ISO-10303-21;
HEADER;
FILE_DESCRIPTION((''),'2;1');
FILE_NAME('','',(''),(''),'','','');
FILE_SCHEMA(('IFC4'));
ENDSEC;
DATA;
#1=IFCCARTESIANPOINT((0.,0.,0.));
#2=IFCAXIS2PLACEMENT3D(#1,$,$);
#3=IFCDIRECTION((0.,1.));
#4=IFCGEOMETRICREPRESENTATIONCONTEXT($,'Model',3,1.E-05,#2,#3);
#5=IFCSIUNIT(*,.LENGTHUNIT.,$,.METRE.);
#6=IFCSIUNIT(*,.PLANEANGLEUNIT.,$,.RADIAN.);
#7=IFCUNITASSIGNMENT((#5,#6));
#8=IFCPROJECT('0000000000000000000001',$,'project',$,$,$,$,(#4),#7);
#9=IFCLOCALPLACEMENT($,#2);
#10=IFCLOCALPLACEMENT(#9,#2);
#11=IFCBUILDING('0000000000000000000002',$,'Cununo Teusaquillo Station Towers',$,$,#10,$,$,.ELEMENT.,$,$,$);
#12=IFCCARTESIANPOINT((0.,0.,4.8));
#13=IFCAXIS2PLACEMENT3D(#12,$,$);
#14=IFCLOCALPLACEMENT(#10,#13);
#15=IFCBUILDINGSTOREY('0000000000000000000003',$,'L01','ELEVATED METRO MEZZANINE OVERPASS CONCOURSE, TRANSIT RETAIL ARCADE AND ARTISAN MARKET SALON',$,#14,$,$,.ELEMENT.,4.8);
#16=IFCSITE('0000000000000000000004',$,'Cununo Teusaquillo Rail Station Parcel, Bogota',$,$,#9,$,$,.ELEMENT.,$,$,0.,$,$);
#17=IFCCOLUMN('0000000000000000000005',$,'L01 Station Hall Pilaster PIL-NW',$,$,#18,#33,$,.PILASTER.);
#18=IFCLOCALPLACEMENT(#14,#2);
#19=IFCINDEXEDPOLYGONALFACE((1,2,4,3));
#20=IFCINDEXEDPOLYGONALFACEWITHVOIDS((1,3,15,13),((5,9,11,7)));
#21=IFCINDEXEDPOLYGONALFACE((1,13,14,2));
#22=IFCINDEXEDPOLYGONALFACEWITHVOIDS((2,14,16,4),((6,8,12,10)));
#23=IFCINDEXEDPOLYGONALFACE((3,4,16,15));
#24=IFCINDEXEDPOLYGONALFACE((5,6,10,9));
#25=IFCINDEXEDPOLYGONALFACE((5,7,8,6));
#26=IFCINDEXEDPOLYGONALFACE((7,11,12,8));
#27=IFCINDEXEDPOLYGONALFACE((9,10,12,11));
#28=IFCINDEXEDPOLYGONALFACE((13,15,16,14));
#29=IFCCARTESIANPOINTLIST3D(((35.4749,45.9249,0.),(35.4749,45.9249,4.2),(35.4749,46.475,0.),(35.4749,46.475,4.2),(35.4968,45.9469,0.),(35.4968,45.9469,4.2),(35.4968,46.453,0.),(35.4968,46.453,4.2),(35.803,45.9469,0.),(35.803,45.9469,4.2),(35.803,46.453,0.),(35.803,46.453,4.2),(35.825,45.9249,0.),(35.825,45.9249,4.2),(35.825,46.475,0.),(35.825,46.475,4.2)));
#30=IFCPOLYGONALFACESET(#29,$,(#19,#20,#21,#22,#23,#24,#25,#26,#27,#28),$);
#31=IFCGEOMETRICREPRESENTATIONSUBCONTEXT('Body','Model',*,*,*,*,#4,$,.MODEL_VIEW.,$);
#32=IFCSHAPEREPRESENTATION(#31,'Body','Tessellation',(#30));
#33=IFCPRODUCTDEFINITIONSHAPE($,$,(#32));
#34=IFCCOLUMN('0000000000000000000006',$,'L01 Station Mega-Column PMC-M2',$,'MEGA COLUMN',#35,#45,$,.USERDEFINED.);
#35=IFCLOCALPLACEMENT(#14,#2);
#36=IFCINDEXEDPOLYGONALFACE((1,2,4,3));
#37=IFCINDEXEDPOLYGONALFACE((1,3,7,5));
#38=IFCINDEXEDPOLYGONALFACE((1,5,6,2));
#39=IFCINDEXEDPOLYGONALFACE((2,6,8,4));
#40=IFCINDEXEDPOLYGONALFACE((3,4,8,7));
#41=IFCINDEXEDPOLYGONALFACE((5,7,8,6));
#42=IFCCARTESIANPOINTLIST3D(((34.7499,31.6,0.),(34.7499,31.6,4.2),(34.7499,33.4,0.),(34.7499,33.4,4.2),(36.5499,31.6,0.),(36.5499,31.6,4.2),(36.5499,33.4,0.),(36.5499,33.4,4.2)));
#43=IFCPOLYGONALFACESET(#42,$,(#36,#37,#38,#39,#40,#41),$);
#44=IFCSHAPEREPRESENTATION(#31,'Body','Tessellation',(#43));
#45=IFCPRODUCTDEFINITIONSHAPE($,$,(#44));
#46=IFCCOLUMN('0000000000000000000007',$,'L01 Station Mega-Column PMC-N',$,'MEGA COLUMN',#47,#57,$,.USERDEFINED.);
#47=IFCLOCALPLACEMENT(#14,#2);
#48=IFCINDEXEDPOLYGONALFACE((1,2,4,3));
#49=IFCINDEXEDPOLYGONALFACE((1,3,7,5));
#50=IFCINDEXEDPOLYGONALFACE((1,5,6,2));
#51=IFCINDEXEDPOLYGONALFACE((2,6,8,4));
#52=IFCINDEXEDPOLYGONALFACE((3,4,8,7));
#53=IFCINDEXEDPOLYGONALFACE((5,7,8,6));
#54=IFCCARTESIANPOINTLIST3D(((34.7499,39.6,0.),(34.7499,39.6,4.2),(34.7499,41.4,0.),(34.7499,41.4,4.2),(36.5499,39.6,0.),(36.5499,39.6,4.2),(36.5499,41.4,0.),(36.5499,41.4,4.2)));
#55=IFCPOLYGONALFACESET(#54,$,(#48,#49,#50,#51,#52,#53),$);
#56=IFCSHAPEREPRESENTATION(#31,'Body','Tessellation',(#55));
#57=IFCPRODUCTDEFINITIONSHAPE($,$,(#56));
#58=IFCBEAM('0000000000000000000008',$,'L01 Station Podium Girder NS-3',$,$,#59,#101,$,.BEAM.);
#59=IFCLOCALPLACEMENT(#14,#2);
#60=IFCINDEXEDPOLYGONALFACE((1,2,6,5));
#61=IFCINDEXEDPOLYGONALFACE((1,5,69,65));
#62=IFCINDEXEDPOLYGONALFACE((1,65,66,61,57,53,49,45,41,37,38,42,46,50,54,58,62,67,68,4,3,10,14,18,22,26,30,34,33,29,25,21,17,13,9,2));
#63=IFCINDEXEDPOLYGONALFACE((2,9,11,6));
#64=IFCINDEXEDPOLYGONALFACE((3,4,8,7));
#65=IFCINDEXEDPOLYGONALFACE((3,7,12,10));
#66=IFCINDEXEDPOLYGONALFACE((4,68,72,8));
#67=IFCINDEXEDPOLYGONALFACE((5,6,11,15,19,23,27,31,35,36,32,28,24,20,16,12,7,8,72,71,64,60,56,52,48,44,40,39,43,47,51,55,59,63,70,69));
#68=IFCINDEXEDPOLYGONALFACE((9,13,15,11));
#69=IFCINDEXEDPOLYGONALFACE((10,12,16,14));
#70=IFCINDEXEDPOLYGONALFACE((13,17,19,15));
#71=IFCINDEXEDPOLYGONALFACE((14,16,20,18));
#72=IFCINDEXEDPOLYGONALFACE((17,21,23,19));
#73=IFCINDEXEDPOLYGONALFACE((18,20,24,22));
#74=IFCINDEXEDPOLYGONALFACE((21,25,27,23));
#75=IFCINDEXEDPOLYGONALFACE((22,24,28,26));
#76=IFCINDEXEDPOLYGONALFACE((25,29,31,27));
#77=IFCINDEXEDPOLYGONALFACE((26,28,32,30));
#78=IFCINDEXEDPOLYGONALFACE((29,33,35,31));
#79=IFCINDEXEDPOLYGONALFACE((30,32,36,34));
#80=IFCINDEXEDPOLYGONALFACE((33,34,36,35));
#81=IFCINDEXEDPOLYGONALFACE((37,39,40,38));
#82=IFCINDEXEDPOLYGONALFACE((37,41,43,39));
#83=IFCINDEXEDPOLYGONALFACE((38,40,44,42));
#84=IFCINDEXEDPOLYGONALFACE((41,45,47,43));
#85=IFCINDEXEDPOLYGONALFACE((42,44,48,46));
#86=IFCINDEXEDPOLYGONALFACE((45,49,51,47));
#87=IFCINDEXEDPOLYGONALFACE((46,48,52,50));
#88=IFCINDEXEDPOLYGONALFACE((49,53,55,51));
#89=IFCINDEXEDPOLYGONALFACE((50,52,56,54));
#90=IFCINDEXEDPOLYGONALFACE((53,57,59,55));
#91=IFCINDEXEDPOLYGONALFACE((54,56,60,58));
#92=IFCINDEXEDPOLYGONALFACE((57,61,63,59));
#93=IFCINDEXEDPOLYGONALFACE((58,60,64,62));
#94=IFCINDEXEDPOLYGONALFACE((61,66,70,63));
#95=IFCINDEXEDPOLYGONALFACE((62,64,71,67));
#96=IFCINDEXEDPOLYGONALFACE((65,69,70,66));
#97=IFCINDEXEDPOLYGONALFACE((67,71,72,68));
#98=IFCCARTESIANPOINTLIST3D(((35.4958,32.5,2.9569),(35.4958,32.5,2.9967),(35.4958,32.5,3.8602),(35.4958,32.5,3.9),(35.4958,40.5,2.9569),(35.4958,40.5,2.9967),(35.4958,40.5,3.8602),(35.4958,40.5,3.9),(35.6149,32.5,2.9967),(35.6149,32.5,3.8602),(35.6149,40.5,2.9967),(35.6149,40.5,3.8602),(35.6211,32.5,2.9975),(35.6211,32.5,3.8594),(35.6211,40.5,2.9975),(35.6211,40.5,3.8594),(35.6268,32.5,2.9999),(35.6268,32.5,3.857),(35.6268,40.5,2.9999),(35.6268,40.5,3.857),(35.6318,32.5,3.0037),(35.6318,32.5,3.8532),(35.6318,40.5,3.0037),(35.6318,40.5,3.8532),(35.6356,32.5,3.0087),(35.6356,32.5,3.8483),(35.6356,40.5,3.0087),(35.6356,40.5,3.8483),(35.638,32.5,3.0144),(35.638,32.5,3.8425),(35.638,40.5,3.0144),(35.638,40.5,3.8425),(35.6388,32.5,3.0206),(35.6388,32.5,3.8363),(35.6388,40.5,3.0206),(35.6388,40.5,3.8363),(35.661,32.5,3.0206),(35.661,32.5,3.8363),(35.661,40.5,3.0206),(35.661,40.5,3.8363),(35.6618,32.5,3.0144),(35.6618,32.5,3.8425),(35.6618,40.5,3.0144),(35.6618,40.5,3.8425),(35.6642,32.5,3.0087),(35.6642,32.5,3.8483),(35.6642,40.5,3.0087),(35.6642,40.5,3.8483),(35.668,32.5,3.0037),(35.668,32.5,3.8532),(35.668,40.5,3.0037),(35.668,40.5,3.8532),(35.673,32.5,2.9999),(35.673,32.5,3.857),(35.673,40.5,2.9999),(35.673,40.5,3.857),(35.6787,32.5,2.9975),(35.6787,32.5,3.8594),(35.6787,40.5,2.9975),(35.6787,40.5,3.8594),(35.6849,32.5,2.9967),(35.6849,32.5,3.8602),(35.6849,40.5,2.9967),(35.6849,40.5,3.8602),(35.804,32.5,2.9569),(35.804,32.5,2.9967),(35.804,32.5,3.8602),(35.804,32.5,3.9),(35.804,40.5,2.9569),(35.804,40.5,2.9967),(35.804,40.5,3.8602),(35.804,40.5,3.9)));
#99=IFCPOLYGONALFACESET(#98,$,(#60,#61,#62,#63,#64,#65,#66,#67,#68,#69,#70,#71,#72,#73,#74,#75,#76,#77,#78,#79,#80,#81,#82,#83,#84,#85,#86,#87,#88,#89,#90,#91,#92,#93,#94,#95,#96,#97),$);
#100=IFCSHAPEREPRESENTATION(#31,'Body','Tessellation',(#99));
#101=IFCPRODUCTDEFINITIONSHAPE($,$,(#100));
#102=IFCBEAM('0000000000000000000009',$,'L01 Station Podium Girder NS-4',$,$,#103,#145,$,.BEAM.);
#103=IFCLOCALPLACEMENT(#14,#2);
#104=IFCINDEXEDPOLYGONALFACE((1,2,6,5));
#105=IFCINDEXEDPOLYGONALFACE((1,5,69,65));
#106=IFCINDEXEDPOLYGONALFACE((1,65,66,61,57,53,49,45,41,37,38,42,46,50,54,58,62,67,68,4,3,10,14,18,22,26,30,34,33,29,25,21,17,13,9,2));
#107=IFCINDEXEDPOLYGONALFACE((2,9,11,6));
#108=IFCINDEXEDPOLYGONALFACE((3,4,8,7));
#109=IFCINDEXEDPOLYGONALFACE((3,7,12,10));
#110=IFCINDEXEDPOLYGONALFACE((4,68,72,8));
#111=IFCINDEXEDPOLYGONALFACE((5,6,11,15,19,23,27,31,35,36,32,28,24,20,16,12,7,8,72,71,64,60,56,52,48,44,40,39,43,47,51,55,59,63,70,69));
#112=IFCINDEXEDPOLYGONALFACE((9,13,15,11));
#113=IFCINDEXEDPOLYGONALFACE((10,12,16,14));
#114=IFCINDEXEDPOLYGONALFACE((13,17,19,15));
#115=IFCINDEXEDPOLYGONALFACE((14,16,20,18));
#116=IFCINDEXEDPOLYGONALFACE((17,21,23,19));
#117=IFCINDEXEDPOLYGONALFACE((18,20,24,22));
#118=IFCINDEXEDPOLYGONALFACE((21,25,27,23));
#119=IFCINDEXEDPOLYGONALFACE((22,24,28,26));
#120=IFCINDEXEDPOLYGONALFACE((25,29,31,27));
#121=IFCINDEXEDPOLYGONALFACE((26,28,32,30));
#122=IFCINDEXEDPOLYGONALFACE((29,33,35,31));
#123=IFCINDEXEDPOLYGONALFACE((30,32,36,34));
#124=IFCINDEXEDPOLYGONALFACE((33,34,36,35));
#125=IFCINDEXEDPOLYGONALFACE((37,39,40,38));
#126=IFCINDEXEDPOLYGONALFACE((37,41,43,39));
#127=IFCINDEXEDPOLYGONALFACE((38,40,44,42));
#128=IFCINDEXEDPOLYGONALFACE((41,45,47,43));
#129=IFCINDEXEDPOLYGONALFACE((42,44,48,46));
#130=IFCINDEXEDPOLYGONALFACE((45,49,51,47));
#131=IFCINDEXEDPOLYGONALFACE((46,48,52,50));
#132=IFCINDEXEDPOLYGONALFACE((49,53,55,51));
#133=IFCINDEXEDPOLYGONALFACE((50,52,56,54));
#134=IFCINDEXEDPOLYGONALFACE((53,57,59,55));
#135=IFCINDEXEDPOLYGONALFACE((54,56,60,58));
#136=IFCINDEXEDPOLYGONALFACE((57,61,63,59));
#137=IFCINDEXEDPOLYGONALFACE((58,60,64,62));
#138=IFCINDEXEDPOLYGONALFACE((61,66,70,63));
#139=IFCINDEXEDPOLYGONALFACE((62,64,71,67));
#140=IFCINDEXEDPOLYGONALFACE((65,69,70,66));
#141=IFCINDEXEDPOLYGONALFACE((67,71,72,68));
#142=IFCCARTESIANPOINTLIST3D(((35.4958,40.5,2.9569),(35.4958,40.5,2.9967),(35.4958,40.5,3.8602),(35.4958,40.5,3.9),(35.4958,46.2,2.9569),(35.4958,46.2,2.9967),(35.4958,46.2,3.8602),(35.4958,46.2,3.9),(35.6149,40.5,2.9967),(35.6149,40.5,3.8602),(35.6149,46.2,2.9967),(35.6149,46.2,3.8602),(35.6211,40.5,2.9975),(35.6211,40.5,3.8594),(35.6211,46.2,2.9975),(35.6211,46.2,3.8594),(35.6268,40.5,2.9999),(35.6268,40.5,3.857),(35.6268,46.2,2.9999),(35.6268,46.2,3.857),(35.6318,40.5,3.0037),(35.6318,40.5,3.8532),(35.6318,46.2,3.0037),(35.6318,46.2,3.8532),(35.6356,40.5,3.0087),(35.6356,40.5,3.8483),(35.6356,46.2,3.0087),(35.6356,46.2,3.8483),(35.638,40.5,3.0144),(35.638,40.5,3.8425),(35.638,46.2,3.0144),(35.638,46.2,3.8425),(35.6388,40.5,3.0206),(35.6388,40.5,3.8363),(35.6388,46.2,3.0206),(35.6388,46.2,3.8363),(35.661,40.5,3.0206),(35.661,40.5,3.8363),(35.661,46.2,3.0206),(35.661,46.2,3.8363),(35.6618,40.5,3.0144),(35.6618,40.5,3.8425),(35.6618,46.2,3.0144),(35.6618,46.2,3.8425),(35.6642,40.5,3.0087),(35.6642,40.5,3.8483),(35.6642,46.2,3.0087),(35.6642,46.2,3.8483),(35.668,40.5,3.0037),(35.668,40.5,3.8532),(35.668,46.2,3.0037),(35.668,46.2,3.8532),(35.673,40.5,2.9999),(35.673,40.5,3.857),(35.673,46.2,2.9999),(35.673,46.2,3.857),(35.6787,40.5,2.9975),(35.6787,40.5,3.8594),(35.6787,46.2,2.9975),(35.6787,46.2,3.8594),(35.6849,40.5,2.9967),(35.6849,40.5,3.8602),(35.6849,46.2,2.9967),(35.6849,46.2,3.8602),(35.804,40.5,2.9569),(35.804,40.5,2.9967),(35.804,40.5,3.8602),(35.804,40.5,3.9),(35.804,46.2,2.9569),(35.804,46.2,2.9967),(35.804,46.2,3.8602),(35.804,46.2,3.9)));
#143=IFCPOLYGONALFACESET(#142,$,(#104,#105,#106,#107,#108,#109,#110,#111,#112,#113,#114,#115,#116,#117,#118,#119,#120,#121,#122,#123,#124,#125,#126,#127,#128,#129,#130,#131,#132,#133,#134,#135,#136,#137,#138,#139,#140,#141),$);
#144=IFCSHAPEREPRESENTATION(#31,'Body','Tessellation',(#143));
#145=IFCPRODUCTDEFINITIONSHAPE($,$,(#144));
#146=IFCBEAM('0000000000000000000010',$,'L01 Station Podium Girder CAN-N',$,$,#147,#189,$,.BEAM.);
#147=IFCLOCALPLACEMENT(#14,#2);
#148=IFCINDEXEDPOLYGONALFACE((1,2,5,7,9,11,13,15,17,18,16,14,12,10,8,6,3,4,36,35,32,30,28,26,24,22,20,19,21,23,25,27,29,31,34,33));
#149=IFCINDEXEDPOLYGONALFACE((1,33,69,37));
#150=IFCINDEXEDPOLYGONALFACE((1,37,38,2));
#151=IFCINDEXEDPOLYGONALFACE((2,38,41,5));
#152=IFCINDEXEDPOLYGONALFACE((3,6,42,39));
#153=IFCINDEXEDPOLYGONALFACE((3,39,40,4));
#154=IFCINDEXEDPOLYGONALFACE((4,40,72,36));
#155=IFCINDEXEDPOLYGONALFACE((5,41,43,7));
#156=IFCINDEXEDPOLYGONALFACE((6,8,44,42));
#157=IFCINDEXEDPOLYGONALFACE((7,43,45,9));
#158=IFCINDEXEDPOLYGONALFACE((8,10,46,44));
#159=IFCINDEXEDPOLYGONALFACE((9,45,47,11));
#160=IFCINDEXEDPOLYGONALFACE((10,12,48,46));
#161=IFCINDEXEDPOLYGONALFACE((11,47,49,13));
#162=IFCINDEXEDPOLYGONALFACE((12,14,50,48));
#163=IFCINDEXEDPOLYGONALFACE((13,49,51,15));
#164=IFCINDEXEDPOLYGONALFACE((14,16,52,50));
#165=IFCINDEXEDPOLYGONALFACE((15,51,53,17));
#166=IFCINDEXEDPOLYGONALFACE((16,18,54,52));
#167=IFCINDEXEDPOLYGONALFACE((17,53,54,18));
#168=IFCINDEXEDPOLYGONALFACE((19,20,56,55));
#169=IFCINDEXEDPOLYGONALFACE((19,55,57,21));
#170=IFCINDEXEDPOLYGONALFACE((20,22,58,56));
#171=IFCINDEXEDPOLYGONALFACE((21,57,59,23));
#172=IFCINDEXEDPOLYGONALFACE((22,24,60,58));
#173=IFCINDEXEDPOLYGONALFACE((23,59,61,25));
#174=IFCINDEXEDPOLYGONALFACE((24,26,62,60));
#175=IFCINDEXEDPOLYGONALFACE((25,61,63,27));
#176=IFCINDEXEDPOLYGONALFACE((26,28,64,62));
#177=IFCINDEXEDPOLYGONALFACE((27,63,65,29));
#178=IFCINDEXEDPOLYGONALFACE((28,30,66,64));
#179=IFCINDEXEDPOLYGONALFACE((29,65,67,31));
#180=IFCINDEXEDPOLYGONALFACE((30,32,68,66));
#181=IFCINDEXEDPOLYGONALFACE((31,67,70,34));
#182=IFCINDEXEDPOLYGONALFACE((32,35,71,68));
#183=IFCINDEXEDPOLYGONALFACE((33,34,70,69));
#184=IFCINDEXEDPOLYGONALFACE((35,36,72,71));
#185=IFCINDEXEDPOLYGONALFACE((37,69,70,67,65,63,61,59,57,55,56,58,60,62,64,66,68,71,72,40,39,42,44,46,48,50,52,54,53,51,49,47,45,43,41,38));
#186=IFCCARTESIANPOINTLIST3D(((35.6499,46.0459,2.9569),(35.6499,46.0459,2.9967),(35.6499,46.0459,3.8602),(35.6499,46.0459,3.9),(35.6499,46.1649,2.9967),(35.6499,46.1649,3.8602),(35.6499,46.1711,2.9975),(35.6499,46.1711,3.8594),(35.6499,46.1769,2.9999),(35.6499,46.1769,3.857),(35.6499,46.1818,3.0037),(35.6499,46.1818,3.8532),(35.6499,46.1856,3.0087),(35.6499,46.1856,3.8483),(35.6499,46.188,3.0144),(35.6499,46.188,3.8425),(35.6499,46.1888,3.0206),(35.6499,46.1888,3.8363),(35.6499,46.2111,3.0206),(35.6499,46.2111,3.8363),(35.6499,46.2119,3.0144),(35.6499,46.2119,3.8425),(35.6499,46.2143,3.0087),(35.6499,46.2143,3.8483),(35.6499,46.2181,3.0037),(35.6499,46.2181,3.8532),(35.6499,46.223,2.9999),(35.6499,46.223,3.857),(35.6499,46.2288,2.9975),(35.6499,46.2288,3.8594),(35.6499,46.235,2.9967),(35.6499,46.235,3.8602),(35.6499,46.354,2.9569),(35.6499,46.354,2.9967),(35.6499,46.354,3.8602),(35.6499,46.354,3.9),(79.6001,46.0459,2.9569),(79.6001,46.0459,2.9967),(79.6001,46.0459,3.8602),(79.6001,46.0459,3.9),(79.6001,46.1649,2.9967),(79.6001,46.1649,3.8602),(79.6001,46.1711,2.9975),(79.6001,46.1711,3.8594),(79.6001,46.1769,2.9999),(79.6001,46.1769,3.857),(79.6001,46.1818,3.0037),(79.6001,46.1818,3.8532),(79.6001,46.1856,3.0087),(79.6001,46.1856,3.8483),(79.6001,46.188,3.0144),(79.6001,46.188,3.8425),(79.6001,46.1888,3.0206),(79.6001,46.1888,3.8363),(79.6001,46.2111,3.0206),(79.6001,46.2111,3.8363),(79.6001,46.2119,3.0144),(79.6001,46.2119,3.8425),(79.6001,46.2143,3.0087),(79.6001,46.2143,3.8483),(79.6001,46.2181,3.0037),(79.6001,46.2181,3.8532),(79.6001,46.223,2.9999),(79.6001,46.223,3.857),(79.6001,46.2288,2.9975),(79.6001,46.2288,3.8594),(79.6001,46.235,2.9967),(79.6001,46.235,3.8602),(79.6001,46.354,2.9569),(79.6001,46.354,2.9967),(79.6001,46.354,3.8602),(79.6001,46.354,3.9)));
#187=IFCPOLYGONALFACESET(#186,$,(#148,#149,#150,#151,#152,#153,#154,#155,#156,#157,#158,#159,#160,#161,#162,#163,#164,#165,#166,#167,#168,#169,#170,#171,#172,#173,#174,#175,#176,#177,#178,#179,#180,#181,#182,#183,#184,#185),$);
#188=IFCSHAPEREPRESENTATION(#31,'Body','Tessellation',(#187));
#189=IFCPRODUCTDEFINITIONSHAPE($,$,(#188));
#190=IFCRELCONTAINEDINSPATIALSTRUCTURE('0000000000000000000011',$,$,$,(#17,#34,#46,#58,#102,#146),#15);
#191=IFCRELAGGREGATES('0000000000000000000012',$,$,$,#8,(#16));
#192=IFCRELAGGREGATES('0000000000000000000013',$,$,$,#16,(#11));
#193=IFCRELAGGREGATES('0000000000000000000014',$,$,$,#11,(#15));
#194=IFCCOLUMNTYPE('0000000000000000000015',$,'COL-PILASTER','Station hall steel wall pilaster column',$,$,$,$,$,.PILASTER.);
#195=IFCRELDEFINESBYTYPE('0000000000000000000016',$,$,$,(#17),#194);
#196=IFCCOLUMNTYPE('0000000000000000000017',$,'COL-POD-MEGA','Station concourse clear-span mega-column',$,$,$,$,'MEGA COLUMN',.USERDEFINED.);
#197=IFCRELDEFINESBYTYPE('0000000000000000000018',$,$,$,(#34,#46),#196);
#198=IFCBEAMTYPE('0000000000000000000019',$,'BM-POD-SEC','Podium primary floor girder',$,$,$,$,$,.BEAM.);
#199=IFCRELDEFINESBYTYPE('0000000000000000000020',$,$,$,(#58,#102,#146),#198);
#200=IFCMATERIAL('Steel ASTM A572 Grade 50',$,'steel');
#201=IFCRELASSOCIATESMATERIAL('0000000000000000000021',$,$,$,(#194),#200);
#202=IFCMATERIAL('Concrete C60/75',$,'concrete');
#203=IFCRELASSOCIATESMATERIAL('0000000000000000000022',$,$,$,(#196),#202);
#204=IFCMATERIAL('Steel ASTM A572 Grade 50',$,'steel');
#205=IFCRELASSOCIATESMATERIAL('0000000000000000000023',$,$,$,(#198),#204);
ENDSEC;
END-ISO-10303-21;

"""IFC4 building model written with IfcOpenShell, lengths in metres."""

from ifc_helpers import new_model, si_unit, direction, frame, origin, origin_2d, place, context, subcontext, project, spatial, rectangle, hollow_rectangle, i_section, extrude, material, material_profile, profile_set, type_object, element, save


model = new_model("IFC4")

# Units and contexts
model_context = context("Model", 3, precision=1e-05, world=origin(), true_north=direction((0.0, 1.0)))
body_context = subcontext(model_context, "Body", "Model", "MODEL_VIEW")
ifc_project = project(units=[si_unit("LENGTHUNIT", "METRE"), si_unit("PLANEANGLEUNIT", "RADIAN")], contexts=[model_context])

# Site, building, storey
site_placement = place(None, origin())
site = spatial("IfcSite", under=ifc_project, at=site_placement, Name="Cununo Teusaquillo Rail Station Parcel, Bogota", CompositionType="ELEMENT", RefElevation=0.0)
building_placement = place(site_placement, origin())
building = spatial("IfcBuilding", under=site, at=building_placement, Name="Cununo Teusaquillo Station Towers", CompositionType="ELEMENT")
storey_placement = place(building_placement, frame((0.0, 0.0, 4.8)))
storey = spatial("IfcBuildingStorey", under=building, at=storey_placement, Name="L01", Description="ELEVATED METRO MEZZANINE OVERPASS CONCOURSE, TRANSIT RETAIL ARCADE AND ARTISAN MARKET SALON", CompositionType="ELEMENT", Elevation=4.8)

# Columns
ifc_material_1 = material(Name="Steel ASTM A572 Grade 50", Category="steel")
ifc_material_profile_1 = material_profile(ifc_material_1, hollow_rectangle(XDim=0.3501, YDim=0.55, WallThickness=0.022, at=origin_2d()), Name="RHS 550x350x22")
ifc_profile_set_1 = profile_set([ifc_material_profile_1], Name="Steel ASTM A572 Grade 50")
column_type_1 = type_object("IfcColumnType", Name="COL-PILASTER", Description="Station hall steel wall pilaster column", PredefinedType="PILASTER", material=ifc_profile_set_1)
column_placement = place(storey_placement, frame((35.6499, 46.2, 0.0), z_axis=(0.0, 0.0, 1.0), x_axis=(1.0, 0.0, 0.0)))
element("IfcColumn", 1, at=column_placement, inside=storey, type_object=column_type_1, Name="L01 Station Hall Pilaster PIL-NW", PredefinedType="PILASTER", context=body_context, shape_type="SweptSolid", body=[
    extrude(hollow_rectangle(XDim=0.3501, YDim=0.55, WallThickness=0.022, at=origin_2d()), origin(), (0.0, 0.0, 1.0), 4.2),
])
ifc_material_2 = material(Name="Concrete C60/75", Category="concrete")
ifc_material_profile_2 = material_profile(ifc_material_2, rectangle(XDim=1.8, YDim=1.8, at=origin_2d()), Name="RC-RECT-1800x1800")
ifc_profile_set_2 = profile_set([ifc_material_profile_2], Name="Concrete C60/75")
column_type_2 = type_object("IfcColumnType", Name="COL-POD-MEGA", Description="Station concourse clear-span mega-column", ElementType="MEGA COLUMN", PredefinedType="USERDEFINED", material=ifc_profile_set_2)
for number, where, z_axis, x_axis, name in (
    (2, (35.6499, 32.5, 0.0), (0.0, 0.0, 1.0), (1.0, 0.0, 0.0), "L01 Station Mega-Column PMC-M2"),
    (3, (35.6499, 40.5, 0.0), (0.0, 0.0, 1.0), (1.0, 0.0, 0.0), "L01 Station Mega-Column PMC-N"),
):
    element("IfcColumn", number, at=place(storey_placement, frame(where, z_axis=z_axis, x_axis=x_axis)), inside=storey, type_object=column_type_2, Name=name, ObjectType="MEGA COLUMN", PredefinedType="USERDEFINED", context=body_context, shape_type="SweptSolid", body=[
        extrude(rectangle(XDim=1.8, YDim=1.8, at=origin_2d()), origin(), (0.0, 0.0, 1.0), 4.2),
    ])

# Beams
ifc_material_3 = material(Name="Steel ASTM A572 Grade 50", Category="steel")
ifc_material_profile_3 = material_profile(ifc_material_3, i_section(OverallWidth=0.3081, OverallDepth=0.9431, WebThickness=0.0222, FlangeThickness=0.0398, FilletRadius=0.0239, at=origin_2d()), Name="W36X232")
ifc_profile_set_3 = profile_set([ifc_material_profile_3], Name="Steel ASTM A572 Grade 50")
beam_type_1 = type_object("IfcBeamType", Name="BM-POD-SEC", Description="Podium primary floor girder", PredefinedType="BEAM", material=ifc_profile_set_3)
beam_1_placement = place(storey_placement, frame((35.6499, 32.5, 3.4285), z_axis=(0.0, 1.0, 0.0), x_axis=(-1.0, 0.0, 0.0)))
element("IfcBeam", 4, at=beam_1_placement, inside=storey, type_object=beam_type_1, Name="L01 Station Podium Girder NS-3", PredefinedType="BEAM", context=body_context, shape_type="SweptSolid", body=[
    extrude(i_section(OverallWidth=0.3081, OverallDepth=0.9431, WebThickness=0.0222, FlangeThickness=0.0398, FilletRadius=0.0239, at=origin_2d()), origin(), (0.0, 0.0, 1.0), 8.0),
])
beam_2_placement = place(storey_placement, frame((35.6499, 40.5, 3.4285), z_axis=(0.0, 1.0, 0.0), x_axis=(-1.0, 0.0, 0.0)))
element("IfcBeam", 5, at=beam_2_placement, inside=storey, type_object=beam_type_1, Name="L01 Station Podium Girder NS-4", PredefinedType="BEAM", context=body_context, shape_type="SweptSolid", body=[
    extrude(i_section(OverallWidth=0.3081, OverallDepth=0.9431, WebThickness=0.0222, FlangeThickness=0.0398, FilletRadius=0.0239, at=origin_2d()), origin(), (0.0, 0.0, 1.0), 5.7),
])
beam_3_placement = place(storey_placement, frame((35.6499, 46.2, 3.4285), z_axis=(1.0, 0.0, 0.0), x_axis=(0.0, 1.0, 0.0)))
element("IfcBeam", 6, at=beam_3_placement, inside=storey, type_object=beam_type_1, Name="L01 Station Podium Girder CAN-N", PredefinedType="BEAM", context=body_context, shape_type="SweptSolid", body=[
    extrude(i_section(OverallWidth=0.3081, OverallDepth=0.9431, WebThickness=0.0222, FlangeThickness=0.0398, FilletRadius=0.0239, at=origin_2d()), origin(), (0.0, 0.0, 1.0), 43.9502),
])

save(model, "model.ifc")
